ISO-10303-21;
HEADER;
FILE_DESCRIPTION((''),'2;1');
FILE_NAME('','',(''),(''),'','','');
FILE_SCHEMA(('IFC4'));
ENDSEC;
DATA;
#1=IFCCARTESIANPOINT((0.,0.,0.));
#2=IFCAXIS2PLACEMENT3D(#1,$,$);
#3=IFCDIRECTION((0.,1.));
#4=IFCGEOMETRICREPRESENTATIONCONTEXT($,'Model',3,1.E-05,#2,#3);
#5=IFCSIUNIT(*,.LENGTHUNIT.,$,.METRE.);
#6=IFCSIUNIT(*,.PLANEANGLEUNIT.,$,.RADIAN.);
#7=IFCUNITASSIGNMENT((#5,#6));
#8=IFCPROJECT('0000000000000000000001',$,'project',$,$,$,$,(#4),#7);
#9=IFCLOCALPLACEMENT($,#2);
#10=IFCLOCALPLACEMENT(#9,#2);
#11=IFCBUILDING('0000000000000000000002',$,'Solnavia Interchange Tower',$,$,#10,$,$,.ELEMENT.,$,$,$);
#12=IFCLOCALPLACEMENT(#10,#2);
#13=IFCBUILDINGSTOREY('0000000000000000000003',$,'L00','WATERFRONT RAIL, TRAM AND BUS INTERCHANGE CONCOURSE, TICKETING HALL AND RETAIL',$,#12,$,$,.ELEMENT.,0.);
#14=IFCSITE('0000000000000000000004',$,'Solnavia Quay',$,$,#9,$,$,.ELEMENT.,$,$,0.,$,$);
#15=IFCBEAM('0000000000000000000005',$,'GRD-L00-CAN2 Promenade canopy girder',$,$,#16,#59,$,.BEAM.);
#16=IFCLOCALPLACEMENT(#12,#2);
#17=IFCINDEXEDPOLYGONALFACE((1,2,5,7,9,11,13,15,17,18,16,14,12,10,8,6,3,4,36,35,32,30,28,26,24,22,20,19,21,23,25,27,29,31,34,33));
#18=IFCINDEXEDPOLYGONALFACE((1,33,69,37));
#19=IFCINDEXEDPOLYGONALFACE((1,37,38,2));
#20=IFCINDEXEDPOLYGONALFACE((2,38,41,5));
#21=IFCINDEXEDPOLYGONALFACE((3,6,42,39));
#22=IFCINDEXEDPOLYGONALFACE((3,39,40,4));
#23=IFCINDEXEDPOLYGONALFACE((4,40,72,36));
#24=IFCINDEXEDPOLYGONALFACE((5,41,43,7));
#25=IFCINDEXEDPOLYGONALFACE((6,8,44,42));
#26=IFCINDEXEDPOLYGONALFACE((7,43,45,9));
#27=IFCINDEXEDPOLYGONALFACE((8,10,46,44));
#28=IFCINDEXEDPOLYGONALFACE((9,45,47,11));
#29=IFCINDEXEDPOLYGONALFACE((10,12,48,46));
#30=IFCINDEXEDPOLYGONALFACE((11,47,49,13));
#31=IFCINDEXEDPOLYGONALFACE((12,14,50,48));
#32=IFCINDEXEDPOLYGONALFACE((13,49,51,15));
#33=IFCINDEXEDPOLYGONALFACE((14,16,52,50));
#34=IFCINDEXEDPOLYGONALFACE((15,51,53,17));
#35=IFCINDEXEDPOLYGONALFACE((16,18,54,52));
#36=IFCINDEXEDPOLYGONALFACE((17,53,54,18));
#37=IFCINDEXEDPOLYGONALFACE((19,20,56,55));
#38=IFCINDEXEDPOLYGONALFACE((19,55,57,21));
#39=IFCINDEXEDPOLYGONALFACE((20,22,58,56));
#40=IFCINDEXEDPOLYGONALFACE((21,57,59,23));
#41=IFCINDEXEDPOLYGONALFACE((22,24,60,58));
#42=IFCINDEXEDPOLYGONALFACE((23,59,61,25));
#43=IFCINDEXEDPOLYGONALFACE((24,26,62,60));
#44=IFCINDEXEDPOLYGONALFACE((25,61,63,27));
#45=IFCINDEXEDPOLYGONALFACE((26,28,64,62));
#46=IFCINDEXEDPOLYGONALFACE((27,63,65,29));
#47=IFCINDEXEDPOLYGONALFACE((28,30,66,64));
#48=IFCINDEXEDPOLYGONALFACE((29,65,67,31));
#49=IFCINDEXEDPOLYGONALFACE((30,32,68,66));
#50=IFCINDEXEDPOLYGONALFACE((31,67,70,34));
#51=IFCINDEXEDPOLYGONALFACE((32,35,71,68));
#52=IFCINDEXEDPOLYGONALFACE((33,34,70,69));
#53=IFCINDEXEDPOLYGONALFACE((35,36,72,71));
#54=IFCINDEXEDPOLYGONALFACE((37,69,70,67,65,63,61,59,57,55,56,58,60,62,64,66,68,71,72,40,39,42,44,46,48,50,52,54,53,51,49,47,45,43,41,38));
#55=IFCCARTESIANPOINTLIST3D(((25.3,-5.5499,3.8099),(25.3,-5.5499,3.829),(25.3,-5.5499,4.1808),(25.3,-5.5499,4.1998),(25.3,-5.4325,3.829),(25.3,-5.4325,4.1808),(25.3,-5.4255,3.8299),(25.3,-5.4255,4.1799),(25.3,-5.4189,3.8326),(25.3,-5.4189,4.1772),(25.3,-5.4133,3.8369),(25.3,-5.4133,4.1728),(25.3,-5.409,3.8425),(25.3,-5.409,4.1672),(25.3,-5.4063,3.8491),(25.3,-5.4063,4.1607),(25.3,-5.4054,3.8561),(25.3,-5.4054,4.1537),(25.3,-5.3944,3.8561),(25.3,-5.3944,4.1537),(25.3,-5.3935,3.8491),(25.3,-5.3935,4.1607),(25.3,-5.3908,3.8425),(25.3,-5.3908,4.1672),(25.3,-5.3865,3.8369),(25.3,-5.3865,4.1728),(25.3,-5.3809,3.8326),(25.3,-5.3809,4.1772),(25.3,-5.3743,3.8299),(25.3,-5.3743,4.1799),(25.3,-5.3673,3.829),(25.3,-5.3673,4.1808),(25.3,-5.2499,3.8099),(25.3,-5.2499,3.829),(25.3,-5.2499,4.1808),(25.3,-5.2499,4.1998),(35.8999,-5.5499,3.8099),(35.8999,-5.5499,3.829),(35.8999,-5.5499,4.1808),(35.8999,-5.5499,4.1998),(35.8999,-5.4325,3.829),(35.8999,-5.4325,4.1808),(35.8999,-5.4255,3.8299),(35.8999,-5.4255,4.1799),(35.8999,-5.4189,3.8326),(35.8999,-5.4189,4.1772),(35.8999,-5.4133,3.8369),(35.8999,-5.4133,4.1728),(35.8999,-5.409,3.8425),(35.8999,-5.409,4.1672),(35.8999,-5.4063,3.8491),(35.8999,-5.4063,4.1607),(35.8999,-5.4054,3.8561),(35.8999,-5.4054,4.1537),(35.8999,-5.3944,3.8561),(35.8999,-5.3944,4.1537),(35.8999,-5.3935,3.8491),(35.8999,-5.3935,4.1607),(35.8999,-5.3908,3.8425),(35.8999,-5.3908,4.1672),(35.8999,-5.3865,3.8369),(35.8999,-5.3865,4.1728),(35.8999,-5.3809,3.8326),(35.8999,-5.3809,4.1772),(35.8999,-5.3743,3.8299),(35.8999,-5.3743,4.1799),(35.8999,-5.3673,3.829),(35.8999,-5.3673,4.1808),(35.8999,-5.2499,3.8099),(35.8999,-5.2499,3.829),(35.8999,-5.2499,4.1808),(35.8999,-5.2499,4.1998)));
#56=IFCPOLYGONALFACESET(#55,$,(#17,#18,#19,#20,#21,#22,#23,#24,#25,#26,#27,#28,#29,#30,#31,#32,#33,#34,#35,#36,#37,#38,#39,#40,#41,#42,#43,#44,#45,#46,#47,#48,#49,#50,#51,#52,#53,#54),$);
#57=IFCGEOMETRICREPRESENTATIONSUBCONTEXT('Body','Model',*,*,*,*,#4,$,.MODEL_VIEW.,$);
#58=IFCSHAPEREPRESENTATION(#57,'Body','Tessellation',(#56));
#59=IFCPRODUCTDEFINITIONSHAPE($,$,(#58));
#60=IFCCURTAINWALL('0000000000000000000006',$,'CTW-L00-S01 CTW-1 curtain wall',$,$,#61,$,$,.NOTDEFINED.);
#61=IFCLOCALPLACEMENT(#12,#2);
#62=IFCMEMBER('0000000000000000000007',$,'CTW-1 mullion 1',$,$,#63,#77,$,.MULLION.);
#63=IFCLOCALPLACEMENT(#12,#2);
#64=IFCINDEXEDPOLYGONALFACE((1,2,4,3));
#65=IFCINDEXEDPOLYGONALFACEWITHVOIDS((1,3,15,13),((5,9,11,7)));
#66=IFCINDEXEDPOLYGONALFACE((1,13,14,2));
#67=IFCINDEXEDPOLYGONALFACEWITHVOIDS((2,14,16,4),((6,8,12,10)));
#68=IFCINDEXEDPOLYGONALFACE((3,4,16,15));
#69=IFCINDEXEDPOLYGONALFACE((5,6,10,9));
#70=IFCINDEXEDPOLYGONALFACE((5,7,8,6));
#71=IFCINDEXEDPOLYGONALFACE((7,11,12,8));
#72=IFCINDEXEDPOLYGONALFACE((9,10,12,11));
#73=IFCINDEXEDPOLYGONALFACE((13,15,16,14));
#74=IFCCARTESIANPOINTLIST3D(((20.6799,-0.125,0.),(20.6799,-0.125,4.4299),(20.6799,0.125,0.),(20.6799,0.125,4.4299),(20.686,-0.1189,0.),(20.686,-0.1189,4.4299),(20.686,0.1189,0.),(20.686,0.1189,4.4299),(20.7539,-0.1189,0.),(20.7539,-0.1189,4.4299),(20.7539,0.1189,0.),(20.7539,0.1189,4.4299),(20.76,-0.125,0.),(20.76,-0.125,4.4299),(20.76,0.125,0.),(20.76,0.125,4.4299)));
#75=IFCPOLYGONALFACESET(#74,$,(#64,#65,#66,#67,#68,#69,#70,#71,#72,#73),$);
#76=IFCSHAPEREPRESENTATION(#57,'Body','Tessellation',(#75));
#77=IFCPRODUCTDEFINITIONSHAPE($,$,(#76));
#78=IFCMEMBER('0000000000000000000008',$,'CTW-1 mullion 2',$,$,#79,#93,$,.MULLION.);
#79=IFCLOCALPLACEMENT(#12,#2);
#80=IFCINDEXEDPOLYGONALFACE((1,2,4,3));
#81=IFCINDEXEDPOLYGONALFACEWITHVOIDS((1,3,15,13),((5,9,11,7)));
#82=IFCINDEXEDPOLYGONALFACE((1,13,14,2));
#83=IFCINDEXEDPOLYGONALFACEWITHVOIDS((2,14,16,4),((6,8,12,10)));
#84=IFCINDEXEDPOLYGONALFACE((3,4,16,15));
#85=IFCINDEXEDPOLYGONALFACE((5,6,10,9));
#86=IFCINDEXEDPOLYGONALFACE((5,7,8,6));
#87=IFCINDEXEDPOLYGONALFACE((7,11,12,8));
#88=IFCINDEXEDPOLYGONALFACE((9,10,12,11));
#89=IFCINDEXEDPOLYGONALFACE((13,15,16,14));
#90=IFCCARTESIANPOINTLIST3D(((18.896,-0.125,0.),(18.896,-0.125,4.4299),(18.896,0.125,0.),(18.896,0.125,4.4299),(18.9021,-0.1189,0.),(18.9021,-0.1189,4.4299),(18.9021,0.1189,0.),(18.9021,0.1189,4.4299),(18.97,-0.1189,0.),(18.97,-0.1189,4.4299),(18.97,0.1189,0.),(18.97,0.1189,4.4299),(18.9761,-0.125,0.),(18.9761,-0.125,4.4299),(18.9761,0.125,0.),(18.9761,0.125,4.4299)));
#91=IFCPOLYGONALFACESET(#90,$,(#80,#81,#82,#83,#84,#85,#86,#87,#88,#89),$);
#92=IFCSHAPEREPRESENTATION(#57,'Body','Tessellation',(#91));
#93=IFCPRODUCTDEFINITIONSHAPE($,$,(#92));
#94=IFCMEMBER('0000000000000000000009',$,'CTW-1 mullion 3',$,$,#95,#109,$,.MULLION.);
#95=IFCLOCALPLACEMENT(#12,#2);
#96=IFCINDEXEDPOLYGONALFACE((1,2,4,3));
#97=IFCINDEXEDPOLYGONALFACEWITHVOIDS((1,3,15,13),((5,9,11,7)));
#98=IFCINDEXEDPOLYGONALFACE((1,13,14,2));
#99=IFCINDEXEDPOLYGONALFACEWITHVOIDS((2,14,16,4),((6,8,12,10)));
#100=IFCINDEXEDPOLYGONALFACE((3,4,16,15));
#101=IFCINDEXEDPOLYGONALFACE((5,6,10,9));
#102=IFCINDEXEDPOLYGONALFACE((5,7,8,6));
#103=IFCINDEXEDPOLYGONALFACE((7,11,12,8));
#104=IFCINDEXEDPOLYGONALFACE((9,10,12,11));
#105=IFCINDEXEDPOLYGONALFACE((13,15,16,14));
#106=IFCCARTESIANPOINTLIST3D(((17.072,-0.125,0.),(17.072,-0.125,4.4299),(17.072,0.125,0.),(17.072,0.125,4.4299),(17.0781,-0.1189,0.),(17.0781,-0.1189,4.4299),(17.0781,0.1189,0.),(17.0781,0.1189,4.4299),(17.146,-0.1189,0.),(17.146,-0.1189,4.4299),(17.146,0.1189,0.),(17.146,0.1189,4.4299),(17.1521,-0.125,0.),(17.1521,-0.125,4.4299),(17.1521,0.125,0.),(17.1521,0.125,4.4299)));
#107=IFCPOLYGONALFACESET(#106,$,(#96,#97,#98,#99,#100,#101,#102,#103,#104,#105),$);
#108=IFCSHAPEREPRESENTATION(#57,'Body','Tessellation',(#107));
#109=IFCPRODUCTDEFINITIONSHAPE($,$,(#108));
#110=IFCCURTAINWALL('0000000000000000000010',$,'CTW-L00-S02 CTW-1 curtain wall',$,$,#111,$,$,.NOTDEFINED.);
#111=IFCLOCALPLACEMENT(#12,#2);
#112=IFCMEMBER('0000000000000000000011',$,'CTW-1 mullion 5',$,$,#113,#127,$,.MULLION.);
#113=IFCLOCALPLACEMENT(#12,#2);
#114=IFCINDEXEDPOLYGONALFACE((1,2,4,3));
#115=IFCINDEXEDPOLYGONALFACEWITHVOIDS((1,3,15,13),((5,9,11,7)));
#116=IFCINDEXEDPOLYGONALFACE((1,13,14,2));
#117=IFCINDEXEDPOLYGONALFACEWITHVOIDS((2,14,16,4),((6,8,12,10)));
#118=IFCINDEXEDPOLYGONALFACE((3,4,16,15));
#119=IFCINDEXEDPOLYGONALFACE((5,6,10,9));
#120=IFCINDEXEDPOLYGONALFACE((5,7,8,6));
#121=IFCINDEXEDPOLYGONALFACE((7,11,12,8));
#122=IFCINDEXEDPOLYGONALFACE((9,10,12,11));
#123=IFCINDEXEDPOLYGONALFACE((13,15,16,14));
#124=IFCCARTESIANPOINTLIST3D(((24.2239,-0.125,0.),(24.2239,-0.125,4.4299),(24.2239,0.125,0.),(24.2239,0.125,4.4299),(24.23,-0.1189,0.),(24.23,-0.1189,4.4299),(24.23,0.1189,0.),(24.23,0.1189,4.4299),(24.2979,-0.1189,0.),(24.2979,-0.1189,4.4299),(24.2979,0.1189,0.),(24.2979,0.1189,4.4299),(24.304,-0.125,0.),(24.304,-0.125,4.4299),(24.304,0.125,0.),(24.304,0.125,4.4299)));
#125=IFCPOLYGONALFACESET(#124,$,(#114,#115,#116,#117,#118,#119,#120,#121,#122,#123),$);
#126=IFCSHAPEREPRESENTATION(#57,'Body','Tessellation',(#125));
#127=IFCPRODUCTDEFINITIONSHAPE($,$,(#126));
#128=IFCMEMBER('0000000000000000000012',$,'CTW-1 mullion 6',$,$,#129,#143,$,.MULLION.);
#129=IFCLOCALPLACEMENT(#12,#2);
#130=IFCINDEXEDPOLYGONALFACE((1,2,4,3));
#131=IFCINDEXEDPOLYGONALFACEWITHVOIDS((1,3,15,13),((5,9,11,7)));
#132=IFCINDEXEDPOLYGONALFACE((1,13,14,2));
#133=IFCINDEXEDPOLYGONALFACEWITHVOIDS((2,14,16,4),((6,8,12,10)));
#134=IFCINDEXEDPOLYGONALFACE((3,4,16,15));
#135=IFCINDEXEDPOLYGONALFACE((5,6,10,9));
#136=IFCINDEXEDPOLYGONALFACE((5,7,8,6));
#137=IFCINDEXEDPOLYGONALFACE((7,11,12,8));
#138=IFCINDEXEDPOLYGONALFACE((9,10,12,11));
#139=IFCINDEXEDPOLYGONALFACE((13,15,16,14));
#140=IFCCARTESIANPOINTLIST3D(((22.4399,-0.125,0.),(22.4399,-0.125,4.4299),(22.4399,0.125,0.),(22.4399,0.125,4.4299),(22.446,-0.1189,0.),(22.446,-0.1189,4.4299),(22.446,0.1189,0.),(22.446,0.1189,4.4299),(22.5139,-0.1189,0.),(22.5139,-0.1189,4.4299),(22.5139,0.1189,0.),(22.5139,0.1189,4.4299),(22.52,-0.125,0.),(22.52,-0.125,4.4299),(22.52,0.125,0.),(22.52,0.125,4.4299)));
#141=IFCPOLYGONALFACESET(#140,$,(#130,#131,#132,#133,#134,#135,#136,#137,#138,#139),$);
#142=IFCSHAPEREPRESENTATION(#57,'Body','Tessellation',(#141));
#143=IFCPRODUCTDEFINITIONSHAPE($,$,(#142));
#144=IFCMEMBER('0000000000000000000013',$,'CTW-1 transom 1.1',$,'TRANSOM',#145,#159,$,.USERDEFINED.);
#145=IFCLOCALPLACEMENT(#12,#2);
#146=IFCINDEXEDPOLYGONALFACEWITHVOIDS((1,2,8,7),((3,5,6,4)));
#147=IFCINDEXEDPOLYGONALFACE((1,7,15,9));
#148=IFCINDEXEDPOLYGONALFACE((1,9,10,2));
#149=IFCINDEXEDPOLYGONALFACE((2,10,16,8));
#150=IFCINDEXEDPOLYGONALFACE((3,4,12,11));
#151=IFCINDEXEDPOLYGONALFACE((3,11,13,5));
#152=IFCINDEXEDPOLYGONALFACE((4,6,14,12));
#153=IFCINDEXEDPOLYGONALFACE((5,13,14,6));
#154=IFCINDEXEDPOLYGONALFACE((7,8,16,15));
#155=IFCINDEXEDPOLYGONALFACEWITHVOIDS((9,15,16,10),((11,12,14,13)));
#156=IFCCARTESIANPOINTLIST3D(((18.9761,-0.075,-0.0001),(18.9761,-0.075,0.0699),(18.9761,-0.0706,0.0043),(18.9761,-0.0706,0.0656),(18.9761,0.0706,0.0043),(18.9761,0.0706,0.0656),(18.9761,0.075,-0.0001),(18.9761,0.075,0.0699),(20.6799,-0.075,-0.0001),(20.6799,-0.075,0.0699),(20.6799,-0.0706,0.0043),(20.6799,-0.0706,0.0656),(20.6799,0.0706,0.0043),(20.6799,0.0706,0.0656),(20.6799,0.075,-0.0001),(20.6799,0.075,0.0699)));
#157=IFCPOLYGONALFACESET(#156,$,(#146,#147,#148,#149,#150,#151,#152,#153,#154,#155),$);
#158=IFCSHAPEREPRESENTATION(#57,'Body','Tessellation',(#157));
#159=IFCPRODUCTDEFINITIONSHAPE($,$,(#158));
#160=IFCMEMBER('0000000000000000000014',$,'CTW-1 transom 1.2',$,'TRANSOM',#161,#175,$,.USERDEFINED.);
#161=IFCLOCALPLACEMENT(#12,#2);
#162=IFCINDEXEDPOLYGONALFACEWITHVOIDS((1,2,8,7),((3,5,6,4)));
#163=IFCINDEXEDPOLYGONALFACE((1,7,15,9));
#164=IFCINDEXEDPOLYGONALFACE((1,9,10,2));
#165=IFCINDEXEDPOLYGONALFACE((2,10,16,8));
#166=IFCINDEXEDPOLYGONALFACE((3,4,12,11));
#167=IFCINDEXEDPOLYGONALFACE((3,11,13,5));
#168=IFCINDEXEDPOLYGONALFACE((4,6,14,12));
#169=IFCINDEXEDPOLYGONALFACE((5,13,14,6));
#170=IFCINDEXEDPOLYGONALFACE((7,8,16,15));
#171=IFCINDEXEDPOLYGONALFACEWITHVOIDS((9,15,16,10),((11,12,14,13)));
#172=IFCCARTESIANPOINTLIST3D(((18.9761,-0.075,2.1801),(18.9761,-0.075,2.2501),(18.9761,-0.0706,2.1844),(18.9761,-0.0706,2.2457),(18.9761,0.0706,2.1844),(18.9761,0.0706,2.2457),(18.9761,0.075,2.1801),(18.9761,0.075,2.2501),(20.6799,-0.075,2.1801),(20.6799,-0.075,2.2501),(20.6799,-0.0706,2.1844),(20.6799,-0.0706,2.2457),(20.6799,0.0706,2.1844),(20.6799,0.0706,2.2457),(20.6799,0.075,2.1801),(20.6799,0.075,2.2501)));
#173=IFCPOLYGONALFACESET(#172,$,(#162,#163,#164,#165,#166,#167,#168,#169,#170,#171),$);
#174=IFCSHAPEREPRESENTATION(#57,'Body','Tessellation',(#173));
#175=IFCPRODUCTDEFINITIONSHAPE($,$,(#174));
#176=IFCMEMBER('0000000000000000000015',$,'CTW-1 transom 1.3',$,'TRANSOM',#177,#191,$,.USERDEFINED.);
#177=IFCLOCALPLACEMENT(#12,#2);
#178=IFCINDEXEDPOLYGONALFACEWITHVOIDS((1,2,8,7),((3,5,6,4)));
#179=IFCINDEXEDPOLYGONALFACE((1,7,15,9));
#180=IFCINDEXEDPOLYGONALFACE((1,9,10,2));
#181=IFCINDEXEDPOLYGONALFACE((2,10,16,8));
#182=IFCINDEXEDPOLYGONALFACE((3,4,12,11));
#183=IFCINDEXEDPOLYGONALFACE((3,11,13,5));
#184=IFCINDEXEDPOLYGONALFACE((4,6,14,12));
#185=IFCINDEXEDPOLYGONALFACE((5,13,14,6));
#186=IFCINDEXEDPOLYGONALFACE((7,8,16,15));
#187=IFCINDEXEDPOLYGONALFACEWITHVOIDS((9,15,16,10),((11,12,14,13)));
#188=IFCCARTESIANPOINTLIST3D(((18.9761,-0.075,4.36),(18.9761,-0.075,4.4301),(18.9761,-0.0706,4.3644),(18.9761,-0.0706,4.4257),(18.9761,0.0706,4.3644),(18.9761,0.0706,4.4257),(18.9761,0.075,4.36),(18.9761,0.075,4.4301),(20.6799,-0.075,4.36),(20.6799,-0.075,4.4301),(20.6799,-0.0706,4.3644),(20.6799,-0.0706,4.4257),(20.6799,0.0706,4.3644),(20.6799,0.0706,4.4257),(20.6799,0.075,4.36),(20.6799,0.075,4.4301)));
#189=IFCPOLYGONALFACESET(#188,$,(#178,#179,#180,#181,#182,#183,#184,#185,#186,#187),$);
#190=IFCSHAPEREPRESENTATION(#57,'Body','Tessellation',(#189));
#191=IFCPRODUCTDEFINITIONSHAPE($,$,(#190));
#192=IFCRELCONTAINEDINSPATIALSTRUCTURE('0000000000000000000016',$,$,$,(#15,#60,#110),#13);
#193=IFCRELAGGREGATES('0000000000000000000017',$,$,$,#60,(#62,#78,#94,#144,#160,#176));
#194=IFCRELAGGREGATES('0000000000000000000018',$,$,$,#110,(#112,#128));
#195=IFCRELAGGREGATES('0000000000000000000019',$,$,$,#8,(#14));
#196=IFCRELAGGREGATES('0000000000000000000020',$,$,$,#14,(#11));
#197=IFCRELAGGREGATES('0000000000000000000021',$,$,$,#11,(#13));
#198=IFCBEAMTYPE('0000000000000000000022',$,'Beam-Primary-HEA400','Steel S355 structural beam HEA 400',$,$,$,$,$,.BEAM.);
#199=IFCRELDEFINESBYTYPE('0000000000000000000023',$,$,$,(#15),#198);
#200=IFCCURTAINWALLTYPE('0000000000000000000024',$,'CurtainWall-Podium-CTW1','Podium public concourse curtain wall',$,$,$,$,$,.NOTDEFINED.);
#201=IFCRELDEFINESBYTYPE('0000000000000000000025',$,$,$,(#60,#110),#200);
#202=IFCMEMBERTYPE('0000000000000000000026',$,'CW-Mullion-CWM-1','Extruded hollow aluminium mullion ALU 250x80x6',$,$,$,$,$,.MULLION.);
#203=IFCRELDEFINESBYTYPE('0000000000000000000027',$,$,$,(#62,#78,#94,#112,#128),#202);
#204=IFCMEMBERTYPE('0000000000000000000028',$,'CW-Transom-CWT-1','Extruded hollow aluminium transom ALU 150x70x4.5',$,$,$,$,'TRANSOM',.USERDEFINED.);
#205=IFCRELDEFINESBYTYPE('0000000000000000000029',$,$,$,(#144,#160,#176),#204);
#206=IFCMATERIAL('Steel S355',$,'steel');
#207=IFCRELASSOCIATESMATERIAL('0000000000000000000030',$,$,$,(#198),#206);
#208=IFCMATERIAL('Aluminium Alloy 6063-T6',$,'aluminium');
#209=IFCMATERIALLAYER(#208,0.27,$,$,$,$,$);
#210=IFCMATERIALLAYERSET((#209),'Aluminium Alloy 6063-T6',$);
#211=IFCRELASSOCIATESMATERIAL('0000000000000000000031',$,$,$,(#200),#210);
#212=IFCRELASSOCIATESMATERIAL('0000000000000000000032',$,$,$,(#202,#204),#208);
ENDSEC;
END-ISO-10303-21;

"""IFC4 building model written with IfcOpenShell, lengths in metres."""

from ifc_helpers import new_model, si_unit, direction, frame, origin, origin_2d, place, context, subcontext, project, spatial, hollow_rectangle, i_section, extrude, material, layer, layer_set, material_profile, profile_set, type_object, element, aggregate, save


model = new_model("IFC4")

# Units and contexts
model_context = context("Model", 3, precision=1e-05, world=origin(), true_north=direction((0.0, 1.0)))
body_context = subcontext(model_context, "Body", "Model", "MODEL_VIEW")
ifc_project = project(units=[si_unit("LENGTHUNIT", "METRE"), si_unit("PLANEANGLEUNIT", "RADIAN")], contexts=[model_context])

# Site, building, storey
site_placement = place(None, origin())
site = spatial("IfcSite", under=ifc_project, at=site_placement, Name="Solnavia Quay", CompositionType="ELEMENT", RefElevation=0.0)
building_placement = place(site_placement, origin())
building = spatial("IfcBuilding", under=site, at=building_placement, Name="Solnavia Interchange Tower", CompositionType="ELEMENT")
storey_placement = place(building_placement, origin())
storey = spatial("IfcBuildingStorey", under=building, at=storey_placement, Name="L00", Description="WATERFRONT RAIL, TRAM AND BUS INTERCHANGE CONCOURSE, TICKETING HALL AND RETAIL", CompositionType="ELEMENT", Elevation=0.0)

# Beam
ifc_material_1 = material(Name="Steel S355", Category="steel")
ifc_material_profile_1 = material_profile(ifc_material_1, i_section(OverallWidth=0.3, OverallDepth=0.3899, WebThickness=0.011, FlangeThickness=0.019, FilletRadius=0.0271, at=origin_2d()), Name="HEA 400")
ifc_profile_set_1 = profile_set([ifc_material_profile_1], Name="Steel S355")
beam_type_1 = type_object("IfcBeamType", Name="Beam-Primary-HEA400", Description="Steel S355 structural beam HEA 400", PredefinedType="BEAM", material=ifc_profile_set_1)
beam_1_placement = place(storey_placement, frame((25.3, -5.3999, 4.0049), z_axis=(1.0, 0.0, 0.0), x_axis=(0.0, 1.0, 0.0)))
element("IfcBeam", 1, at=beam_1_placement, inside=storey, type_object=beam_type_1, Name="GRD-L00-CAN2 Promenade canopy girder", PredefinedType="BEAM", context=body_context, shape_type="SweptSolid", body=[
    extrude(i_section(OverallWidth=0.3, OverallDepth=0.3899, WebThickness=0.011, FlangeThickness=0.019, FilletRadius=0.0271, at=origin_2d()), origin(), (0.0, 0.0, 1.0), 10.5999),
])

# Curtain walls, members
ifc_material_2 = material(Name="Aluminium Alloy 6063-T6", Category="aluminium")
ifc_layer_1 = layer(ifc_material_2, 0.27)
ifc_layer_set_1 = layer_set([ifc_layer_1], Name="Aluminium Alloy 6063-T6")
curtain_wall_type = type_object("IfcCurtainWallType", Name="CurtainWall-Podium-CTW1", Description="Podium public concourse curtain wall", PredefinedType="NOTDEFINED", material=ifc_layer_set_1)
curtain_wall_1_placement = place(storey_placement, origin())
curtain_wall_1 = element("IfcCurtainWall", 2, at=curtain_wall_1_placement, inside=storey, type_object=curtain_wall_type, Name="CTW-L00-S01 CTW-1 curtain wall", PredefinedType="NOTDEFINED")
ifc_material_profile_2 = material_profile(ifc_material_2, hollow_rectangle(XDim=0.0801, YDim=0.25, WallThickness=0.0061, at=origin_2d()), Name="ALU 250x80x6")
ifc_profile_set_2 = profile_set([ifc_material_profile_2], Name="Aluminium Alloy 6063-T6")
member_type_1 = type_object("IfcMemberType", Name="CW-Mullion-CWM-1", Description="Extruded hollow aluminium mullion ALU 250x80x6", PredefinedType="MULLION", material=ifc_profile_set_2)
member_1_placement = place(storey_placement, frame((20.72, 0.0, 0.0), z_axis=(0.0, 0.0, 1.0), x_axis=(-1.0, 0.0, 0.0)))
member_1 = element("IfcMember", 3, at=member_1_placement, type_object=member_type_1, Name="CTW-1 mullion 1", PredefinedType="MULLION", context=body_context, shape_type="SweptSolid", body=[
    extrude(hollow_rectangle(XDim=0.0801, YDim=0.25, WallThickness=0.0061, at=origin_2d()), origin(), (0.0, 0.0, 1.0), 4.4299),
])
member_2_placement = place(storey_placement, frame((18.936, 0.0, 0.0), z_axis=(0.0, 0.0, 1.0), x_axis=(-1.0, 0.0, 0.0)))
member_2 = element("IfcMember", 4, at=member_2_placement, type_object=member_type_1, Name="CTW-1 mullion 2", PredefinedType="MULLION", context=body_context, shape_type="SweptSolid", body=[
    extrude(hollow_rectangle(XDim=0.0801, YDim=0.25, WallThickness=0.0061, at=origin_2d()), origin(), (0.0, 0.0, 1.0), 4.4299),
])
member_3_placement = place(storey_placement, frame((17.1121, 0.0, 0.0), z_axis=(0.0, 0.0, 1.0), x_axis=(-1.0, 0.0, 0.0)))
member_3 = element("IfcMember", 5, at=member_3_placement, type_object=member_type_1, Name="CTW-1 mullion 3", PredefinedType="MULLION", context=body_context, shape_type="SweptSolid", body=[
    extrude(hollow_rectangle(XDim=0.0801, YDim=0.25, WallThickness=0.0061, at=origin_2d()), origin(), (0.0, 0.0, 1.0), 4.4299),
])
curtain_wall_2_placement = place(storey_placement, origin())
curtain_wall_2 = element("IfcCurtainWall", 6, at=curtain_wall_2_placement, inside=storey, type_object=curtain_wall_type, Name="CTW-L00-S02 CTW-1 curtain wall", PredefinedType="NOTDEFINED")
member_4_placement = place(storey_placement, frame((24.2639, 0.0, 0.0), z_axis=(0.0, 0.0, 1.0), x_axis=(-1.0, 0.0, 0.0)))
member_4 = element("IfcMember", 7, at=member_4_placement, type_object=member_type_1, Name="CTW-1 mullion 5", PredefinedType="MULLION", context=body_context, shape_type="SweptSolid", body=[
    extrude(hollow_rectangle(XDim=0.0801, YDim=0.25, WallThickness=0.0061, at=origin_2d()), origin(), (0.0, 0.0, 1.0), 4.4299),
])
member_5_placement = place(storey_placement, frame((22.48, 0.0, 0.0), z_axis=(0.0, 0.0, 1.0), x_axis=(-1.0, 0.0, 0.0)))
member_5 = element("IfcMember", 8, at=member_5_placement, type_object=member_type_1, Name="CTW-1 mullion 6", PredefinedType="MULLION", context=body_context, shape_type="SweptSolid", body=[
    extrude(hollow_rectangle(XDim=0.0801, YDim=0.25, WallThickness=0.0061, at=origin_2d()), origin(), (0.0, 0.0, 1.0), 4.4299),
])

# Members
ifc_material_profile_3 = material_profile(ifc_material_2, hollow_rectangle(XDim=0.0701, YDim=0.1499, WallThickness=0.0044, at=origin_2d()), Name="ALU 150x70x4.5")
ifc_profile_set_3 = profile_set([ifc_material_profile_3], Name="Aluminium Alloy 6063-T6")
member_type_2 = type_object("IfcMemberType", Name="CW-Transom-CWT-1", Description="Extruded hollow aluminium transom ALU 150x70x4.5", ElementType="TRANSOM", PredefinedType="USERDEFINED", material=ifc_profile_set_3)
member_6_placement = place(storey_placement, frame((20.6799, 0.0, 0.0349), z_axis=(-1.0, 0.0, 0.0), x_axis=(0.0, 0.0, 1.0)))
member_6 = element("IfcMember", 9, at=member_6_placement, type_object=member_type_2, Name="CTW-1 transom 1.1", ObjectType="TRANSOM", PredefinedType="USERDEFINED", context=body_context, shape_type="SweptSolid", body=[
    extrude(hollow_rectangle(XDim=0.0701, YDim=0.1499, WallThickness=0.0044, at=origin_2d()), origin(), (0.0, 0.0, 1.0), 1.7039),
])
member_7_placement = place(storey_placement, frame((20.6799, 0.0, 2.2151), z_axis=(-1.0, 0.0, 0.0), x_axis=(0.0, 0.0, 1.0)))
member_7 = element("IfcMember", 10, at=member_7_placement, type_object=member_type_2, Name="CTW-1 transom 1.2", ObjectType="TRANSOM", PredefinedType="USERDEFINED", context=body_context, shape_type="SweptSolid", body=[
    extrude(hollow_rectangle(XDim=0.0701, YDim=0.1499, WallThickness=0.0044, at=origin_2d()), origin(), (0.0, 0.0, 1.0), 1.7039),
])
member_8_placement = place(storey_placement, frame((20.6799, 0.0, 4.395), z_axis=(-1.0, 0.0, 0.0), x_axis=(0.0, 0.0, 1.0)))
member_8 = element("IfcMember", 11, at=member_8_placement, type_object=member_type_2, Name="CTW-1 transom 1.3", ObjectType="TRANSOM", PredefinedType="USERDEFINED", context=body_context, shape_type="SweptSolid", body=[
    extrude(hollow_rectangle(XDim=0.0701, YDim=0.1499, WallThickness=0.0044, at=origin_2d()), origin(), (0.0, 0.0, 1.0), 1.7039),
])

aggregate(curtain_wall_1, [member_1, member_2, member_3, member_6, member_7, member_8])
aggregate(curtain_wall_2, [member_4, member_5])

save(model, "model.ifc")
